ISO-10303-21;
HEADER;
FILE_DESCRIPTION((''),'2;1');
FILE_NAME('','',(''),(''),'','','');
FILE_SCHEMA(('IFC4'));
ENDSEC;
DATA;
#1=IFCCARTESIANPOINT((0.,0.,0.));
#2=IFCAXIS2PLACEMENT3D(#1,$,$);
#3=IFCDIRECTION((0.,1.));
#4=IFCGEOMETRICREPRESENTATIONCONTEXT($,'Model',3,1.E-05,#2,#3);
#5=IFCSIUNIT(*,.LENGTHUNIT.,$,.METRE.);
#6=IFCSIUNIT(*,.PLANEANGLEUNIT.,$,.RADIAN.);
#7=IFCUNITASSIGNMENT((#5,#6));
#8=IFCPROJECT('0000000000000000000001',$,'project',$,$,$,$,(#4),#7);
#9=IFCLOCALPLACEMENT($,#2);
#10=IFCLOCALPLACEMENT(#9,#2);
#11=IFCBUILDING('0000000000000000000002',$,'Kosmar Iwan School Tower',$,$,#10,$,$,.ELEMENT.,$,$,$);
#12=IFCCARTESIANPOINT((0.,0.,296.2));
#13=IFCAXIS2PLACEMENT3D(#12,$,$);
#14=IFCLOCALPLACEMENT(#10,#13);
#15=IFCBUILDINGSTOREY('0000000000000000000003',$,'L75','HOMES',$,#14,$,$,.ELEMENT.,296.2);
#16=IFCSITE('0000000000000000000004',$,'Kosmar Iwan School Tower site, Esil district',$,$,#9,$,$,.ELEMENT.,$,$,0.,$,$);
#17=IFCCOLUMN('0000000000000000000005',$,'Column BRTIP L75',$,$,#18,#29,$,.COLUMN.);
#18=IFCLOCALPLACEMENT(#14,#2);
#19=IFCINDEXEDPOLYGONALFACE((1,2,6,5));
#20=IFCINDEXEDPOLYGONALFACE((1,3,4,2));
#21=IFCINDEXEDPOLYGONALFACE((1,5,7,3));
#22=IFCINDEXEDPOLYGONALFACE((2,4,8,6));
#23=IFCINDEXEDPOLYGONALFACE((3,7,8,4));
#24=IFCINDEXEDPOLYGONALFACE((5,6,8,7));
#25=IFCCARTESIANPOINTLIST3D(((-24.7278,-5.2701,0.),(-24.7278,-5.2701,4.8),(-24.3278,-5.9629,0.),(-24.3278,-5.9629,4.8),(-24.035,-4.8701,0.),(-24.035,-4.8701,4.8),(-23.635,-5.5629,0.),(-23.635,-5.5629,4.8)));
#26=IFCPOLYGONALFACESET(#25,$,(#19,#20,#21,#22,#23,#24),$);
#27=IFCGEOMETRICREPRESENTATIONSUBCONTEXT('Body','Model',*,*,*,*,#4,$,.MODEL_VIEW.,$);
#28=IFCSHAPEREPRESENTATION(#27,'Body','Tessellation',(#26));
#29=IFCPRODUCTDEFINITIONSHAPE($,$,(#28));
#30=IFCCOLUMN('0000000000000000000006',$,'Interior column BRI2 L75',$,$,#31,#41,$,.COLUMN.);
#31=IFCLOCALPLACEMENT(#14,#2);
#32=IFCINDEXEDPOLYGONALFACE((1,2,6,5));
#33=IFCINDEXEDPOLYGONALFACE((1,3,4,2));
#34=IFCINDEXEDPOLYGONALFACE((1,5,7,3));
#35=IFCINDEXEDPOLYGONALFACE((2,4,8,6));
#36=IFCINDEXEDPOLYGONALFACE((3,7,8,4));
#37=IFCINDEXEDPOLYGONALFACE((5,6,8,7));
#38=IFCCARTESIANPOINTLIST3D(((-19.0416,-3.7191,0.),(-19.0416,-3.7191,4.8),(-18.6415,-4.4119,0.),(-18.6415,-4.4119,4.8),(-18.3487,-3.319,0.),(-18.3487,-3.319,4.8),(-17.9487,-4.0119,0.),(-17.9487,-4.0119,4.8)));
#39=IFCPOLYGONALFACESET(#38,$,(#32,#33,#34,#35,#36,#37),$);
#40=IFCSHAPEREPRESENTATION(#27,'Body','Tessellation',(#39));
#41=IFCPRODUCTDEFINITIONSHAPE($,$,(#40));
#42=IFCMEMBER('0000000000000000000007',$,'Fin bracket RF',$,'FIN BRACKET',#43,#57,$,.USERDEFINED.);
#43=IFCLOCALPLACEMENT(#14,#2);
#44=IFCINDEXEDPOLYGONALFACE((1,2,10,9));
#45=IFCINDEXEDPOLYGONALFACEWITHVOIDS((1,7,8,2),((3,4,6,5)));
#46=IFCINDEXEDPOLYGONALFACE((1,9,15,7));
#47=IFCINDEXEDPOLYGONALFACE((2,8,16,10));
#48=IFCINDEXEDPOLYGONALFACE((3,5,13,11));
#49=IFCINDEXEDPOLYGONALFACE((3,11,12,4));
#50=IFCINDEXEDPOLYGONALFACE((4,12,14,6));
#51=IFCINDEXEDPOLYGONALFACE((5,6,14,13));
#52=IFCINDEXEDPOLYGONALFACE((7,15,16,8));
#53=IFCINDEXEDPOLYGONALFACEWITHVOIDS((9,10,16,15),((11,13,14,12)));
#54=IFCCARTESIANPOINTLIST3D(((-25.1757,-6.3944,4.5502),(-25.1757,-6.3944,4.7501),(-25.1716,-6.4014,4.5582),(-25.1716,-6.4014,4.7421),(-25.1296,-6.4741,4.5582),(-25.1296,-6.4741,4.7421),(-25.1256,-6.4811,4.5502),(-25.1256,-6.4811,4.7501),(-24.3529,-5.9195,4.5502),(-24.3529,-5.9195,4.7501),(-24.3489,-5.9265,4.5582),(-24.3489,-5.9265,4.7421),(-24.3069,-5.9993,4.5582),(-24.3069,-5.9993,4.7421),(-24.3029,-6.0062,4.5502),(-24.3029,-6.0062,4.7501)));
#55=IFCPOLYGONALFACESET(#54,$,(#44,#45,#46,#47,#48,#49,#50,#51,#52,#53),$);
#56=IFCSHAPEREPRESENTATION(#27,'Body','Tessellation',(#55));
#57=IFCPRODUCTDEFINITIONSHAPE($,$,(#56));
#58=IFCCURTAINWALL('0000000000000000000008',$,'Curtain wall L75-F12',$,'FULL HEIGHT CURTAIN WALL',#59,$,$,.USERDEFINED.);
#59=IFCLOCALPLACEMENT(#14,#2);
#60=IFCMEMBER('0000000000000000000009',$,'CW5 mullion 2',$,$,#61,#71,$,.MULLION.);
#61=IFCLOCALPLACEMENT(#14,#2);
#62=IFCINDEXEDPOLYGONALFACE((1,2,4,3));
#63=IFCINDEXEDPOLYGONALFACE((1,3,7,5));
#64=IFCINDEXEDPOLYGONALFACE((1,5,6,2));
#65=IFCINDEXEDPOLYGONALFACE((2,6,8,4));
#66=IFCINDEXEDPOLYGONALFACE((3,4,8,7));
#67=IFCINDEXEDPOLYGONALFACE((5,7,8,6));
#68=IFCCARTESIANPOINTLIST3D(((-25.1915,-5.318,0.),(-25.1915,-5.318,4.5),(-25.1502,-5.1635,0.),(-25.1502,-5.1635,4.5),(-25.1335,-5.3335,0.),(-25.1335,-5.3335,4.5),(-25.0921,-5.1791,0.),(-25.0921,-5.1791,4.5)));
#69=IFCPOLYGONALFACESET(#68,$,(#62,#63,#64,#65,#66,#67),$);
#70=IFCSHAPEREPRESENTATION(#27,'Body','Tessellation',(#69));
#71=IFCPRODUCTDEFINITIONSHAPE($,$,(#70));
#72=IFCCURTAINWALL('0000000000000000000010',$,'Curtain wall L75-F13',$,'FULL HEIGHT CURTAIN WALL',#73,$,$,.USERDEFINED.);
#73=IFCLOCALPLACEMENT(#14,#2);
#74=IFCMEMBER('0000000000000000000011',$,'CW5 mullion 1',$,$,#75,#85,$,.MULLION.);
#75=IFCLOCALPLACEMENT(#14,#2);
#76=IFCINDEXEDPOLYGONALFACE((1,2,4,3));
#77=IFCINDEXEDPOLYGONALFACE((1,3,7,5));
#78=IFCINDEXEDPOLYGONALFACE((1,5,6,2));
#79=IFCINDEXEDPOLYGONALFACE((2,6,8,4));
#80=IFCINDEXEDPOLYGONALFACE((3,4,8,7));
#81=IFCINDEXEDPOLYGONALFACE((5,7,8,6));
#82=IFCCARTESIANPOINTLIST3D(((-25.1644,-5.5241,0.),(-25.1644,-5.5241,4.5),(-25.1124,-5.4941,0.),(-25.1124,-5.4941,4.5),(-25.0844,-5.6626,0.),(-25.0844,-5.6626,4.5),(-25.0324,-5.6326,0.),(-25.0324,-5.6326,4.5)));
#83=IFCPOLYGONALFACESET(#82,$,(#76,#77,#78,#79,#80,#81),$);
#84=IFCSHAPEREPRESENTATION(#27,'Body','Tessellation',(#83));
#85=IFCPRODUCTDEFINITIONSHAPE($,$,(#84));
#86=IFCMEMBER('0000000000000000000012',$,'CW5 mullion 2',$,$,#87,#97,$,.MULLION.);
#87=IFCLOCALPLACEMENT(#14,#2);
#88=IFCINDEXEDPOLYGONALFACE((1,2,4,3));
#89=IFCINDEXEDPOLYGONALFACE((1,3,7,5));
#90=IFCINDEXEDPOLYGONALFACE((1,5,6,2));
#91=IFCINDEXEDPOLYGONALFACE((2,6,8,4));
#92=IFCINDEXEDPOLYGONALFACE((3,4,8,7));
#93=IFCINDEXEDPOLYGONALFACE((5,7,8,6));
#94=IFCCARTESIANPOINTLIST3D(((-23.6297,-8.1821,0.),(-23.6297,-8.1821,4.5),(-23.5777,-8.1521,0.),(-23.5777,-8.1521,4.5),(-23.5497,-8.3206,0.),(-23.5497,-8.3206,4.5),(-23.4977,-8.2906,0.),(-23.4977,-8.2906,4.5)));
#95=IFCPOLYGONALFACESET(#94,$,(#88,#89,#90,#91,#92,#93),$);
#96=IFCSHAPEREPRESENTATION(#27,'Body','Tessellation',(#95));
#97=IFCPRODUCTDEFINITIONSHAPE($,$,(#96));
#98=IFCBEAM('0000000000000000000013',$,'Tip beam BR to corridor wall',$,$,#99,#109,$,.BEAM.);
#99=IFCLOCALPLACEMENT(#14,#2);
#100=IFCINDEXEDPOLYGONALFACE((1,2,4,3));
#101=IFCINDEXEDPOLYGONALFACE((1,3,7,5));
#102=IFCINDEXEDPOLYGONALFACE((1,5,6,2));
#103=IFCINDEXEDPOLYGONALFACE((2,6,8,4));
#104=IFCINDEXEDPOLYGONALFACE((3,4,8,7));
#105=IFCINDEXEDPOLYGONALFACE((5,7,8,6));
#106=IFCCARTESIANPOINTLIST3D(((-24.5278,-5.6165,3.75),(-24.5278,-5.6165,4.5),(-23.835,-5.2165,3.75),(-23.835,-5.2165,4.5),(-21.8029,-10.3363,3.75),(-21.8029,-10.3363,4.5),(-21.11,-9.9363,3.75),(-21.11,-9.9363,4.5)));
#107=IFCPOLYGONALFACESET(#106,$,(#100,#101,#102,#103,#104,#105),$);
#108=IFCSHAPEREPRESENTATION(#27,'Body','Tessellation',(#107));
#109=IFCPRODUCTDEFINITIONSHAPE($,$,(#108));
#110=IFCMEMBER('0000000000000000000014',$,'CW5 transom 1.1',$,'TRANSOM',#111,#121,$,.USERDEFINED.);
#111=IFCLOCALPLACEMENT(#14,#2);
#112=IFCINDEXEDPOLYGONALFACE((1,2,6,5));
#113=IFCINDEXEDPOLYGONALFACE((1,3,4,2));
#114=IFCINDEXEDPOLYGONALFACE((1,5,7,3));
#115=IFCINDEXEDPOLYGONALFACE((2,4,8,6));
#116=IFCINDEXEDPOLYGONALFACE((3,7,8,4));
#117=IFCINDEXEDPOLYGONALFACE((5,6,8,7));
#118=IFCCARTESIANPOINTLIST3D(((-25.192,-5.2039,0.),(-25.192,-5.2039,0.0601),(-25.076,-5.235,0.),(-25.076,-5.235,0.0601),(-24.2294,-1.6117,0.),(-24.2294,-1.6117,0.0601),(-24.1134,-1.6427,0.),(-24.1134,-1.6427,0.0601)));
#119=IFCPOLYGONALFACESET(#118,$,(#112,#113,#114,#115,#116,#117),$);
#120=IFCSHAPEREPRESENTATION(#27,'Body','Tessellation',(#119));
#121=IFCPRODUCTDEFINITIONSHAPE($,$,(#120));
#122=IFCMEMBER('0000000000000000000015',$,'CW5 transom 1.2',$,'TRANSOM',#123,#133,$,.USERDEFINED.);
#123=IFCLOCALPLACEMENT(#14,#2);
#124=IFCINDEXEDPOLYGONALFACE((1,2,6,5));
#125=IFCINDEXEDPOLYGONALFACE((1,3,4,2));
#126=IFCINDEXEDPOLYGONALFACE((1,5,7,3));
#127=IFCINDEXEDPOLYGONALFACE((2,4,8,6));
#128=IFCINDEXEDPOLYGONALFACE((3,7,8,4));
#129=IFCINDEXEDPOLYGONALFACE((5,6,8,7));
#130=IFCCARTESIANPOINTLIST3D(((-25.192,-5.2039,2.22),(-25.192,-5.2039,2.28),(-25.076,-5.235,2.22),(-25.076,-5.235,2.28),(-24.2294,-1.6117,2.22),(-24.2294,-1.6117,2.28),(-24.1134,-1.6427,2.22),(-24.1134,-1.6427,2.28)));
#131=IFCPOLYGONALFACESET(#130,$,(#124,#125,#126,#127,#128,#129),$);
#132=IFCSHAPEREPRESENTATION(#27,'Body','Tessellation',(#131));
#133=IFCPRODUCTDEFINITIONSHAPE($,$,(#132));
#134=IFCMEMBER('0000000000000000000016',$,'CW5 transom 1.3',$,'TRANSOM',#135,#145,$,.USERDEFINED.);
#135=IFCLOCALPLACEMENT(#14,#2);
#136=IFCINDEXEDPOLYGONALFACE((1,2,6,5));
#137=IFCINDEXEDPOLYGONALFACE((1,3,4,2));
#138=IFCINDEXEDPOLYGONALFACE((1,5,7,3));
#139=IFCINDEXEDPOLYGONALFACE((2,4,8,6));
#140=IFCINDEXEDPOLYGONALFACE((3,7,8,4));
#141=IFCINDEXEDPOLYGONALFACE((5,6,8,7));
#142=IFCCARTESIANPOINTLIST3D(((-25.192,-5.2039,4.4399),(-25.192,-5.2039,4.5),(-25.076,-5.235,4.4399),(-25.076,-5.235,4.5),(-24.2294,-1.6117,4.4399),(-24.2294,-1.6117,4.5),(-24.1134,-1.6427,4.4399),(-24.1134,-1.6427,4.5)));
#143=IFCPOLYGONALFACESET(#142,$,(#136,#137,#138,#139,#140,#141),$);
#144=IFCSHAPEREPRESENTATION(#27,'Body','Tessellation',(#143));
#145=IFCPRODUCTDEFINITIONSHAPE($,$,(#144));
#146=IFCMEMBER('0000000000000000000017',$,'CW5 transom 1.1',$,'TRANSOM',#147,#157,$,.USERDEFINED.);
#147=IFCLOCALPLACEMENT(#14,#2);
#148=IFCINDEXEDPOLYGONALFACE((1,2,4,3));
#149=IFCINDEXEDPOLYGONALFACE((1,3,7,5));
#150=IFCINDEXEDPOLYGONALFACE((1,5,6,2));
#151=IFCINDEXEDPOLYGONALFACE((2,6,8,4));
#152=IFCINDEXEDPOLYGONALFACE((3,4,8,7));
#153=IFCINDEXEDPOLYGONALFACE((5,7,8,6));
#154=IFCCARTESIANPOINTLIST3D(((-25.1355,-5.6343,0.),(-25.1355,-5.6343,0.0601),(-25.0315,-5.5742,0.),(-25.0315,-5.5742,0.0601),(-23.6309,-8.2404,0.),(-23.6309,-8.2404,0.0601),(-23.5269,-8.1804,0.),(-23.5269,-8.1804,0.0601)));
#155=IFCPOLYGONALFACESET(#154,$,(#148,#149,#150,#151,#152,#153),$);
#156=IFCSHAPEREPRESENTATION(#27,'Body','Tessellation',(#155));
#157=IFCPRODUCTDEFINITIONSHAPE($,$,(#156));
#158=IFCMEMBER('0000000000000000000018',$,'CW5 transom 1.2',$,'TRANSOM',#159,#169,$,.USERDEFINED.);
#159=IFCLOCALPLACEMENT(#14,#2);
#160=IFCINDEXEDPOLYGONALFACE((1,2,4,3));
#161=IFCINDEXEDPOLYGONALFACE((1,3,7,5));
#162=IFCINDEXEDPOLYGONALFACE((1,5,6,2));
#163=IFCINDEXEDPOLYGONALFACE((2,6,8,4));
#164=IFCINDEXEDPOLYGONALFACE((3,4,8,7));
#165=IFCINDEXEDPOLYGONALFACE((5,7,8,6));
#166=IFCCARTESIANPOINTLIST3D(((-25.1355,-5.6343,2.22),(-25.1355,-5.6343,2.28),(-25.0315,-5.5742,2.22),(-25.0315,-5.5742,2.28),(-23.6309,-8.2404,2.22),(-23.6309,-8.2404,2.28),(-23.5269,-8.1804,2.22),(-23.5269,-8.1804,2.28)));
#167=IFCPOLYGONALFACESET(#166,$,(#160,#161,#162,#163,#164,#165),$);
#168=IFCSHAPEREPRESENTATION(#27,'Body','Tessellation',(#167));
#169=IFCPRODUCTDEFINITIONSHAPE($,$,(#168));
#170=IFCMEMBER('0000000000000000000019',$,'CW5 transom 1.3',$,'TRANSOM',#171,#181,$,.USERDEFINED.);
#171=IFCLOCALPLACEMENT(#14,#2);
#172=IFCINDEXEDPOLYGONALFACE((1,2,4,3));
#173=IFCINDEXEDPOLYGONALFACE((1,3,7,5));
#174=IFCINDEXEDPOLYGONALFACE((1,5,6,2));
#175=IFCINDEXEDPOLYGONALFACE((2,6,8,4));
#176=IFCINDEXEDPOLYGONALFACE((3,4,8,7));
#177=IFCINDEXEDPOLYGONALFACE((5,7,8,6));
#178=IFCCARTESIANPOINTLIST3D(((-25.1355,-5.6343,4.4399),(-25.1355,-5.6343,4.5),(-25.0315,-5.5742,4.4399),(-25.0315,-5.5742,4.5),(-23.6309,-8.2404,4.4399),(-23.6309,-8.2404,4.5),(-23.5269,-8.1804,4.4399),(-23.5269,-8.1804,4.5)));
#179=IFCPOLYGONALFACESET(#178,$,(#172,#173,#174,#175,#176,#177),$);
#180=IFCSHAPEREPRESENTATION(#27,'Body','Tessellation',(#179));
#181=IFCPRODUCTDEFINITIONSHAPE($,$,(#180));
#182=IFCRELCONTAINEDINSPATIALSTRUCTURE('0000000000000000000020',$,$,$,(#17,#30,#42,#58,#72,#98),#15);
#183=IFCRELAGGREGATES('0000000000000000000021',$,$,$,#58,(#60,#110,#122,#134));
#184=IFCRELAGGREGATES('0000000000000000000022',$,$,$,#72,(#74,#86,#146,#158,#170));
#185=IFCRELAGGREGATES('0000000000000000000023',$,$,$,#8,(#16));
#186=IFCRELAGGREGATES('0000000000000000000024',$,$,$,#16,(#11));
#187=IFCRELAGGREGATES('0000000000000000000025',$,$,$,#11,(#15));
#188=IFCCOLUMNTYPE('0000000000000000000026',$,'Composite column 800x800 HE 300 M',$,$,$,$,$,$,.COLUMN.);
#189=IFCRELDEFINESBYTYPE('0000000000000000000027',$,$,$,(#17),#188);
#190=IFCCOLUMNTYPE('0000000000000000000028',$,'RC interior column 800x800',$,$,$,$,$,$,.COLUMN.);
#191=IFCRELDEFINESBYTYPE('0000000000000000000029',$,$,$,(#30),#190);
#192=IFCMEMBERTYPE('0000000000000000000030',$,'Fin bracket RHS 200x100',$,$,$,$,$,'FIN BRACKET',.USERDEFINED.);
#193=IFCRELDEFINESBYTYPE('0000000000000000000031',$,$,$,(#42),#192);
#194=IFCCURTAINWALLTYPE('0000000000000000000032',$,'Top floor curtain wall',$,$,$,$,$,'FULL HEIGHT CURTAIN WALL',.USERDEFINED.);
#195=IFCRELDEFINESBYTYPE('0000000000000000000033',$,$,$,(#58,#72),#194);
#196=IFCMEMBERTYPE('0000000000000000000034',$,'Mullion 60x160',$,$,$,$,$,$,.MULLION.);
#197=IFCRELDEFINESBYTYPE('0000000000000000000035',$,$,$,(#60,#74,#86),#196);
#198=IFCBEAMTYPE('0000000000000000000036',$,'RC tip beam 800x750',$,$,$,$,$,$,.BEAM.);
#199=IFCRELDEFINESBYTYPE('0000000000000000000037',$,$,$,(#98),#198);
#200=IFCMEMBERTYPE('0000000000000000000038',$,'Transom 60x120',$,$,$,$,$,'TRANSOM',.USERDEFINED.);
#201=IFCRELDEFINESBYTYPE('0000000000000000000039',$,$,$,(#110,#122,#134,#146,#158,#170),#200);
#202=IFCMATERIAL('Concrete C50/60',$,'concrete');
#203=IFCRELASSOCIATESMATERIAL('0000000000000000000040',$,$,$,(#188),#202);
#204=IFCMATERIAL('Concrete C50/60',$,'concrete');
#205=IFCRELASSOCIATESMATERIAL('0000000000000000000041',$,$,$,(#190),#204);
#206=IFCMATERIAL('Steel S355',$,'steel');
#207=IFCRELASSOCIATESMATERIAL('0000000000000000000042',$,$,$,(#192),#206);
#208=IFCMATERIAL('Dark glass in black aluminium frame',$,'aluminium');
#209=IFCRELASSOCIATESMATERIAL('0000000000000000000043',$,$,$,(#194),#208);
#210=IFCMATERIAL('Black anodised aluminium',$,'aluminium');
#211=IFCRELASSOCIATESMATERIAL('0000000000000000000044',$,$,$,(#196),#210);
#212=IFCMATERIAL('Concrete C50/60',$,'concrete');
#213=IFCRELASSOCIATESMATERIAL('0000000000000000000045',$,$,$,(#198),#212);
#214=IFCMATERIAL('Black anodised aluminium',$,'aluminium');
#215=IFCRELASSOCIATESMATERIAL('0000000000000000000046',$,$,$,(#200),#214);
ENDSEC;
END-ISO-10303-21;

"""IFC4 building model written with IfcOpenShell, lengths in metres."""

from ifc_helpers import new_model, si_unit, direction, frame, origin, origin_2d, place, context, subcontext, project, spatial, rectangle, hollow_rectangle, extrude, material, material_profile, profile_set, type_object, element, aggregate, save


model = new_model("IFC4")

# Units and contexts
model_context = context("Model", 3, precision=1e-05, world=origin(), true_north=direction((0.0, 1.0)))
body_context = subcontext(model_context, "Body", "Model", "MODEL_VIEW")
ifc_project = project(units=[si_unit("LENGTHUNIT", "METRE"), si_unit("PLANEANGLEUNIT", "RADIAN")], contexts=[model_context])

# Site, building, storey
site_placement = place(None, origin())
site = spatial("IfcSite", under=ifc_project, at=site_placement, Name="Kosmar Iwan School Tower site, Esil district", CompositionType="ELEMENT", RefElevation=0.0)
building_placement = place(site_placement, origin())
building = spatial("IfcBuilding", under=site, at=building_placement, Name="Kosmar Iwan School Tower", CompositionType="ELEMENT")
storey_placement = place(building_placement, frame((0.0, 0.0, 296.2)))
storey = spatial("IfcBuildingStorey", under=building, at=storey_placement, Name="L75", Description="HOMES", CompositionType="ELEMENT", Elevation=296.2)

# Columns
ifc_material_1 = material(Name="Concrete C50/60", Category="concrete")
ifc_material_profile_1 = material_profile(ifc_material_1, rectangle(XDim=0.8, YDim=0.8, at=origin_2d()), Name="RC 800x800 + HE 300 M")
ifc_profile_set_1 = profile_set([ifc_material_profile_1], Name="Concrete C50/60")
column_type_1 = type_object("IfcColumnType", Name="Composite column 800x800 HE 300 M", PredefinedType="COLUMN", material=ifc_profile_set_1)
column_1_placement = place(storey_placement, frame((-24.1814, -5.4165, 0.0), z_axis=(0.0, 0.0, 1.0), x_axis=(-0.866025, -0.5, 0.0)))
element("IfcColumn", 1, at=column_1_placement, inside=storey, type_object=column_type_1, Name="Column BRTIP L75", PredefinedType="COLUMN", context=body_context, shape_type="SweptSolid", body=[
    extrude(rectangle(XDim=0.8, YDim=0.8, at=origin_2d()), origin(), (0.0, 0.0, 1.0), 4.8),
])
ifc_material_2 = material(Name="Concrete C50/60", Category="concrete")
ifc_material_profile_2 = material_profile(ifc_material_2, rectangle(XDim=0.8, YDim=0.8, at=origin_2d()), Name="RC 800x800")
ifc_profile_set_2 = profile_set([ifc_material_profile_2], Name="Concrete C50/60")
column_type_2 = type_object("IfcColumnType", Name="RC interior column 800x800", PredefinedType="COLUMN", material=ifc_profile_set_2)
column_2_placement = place(storey_placement, frame((-18.4951, -3.8655, 0.0), z_axis=(0.0, 0.0, 1.0), x_axis=(-0.866025, -0.5, 0.0)))
element("IfcColumn", 2, at=column_2_placement, inside=storey, type_object=column_type_2, Name="Interior column BRI2 L75", PredefinedType="COLUMN", context=body_context, shape_type="SweptSolid", body=[
    extrude(rectangle(XDim=0.8, YDim=0.8, at=origin_2d()), origin(), (0.0, 0.0, 1.0), 4.8),
])

# Member
ifc_material_3 = material(Name="Steel S355", Category="steel")
ifc_material_profile_3 = material_profile(ifc_material_3, hollow_rectangle(XDim=0.1001, YDim=0.2, WallThickness=0.0081, at=origin_2d()), Name="RHS 200x100x8")
ifc_profile_set_3 = profile_set([ifc_material_profile_3], Name="Steel S355")
member_type_1 = type_object("IfcMemberType", Name="Fin bracket RHS 200x100", ElementType="FIN BRACKET", PredefinedType="USERDEFINED", material=ifc_profile_set_3)
member_1_placement = place(storey_placement, frame((-24.3279, -5.9629, 4.6501), z_axis=(-0.8661, -0.499871, 0.0), x_axis=(0.499871, -0.8661, 0.0)))
element("IfcMember", 3, at=member_1_placement, inside=storey, type_object=member_type_1, Name="Fin bracket RF", ObjectType="FIN BRACKET", PredefinedType="USERDEFINED", context=body_context, shape_type="SweptSolid", body=[
    extrude(hollow_rectangle(XDim=0.1001, YDim=0.2, WallThickness=0.0081, at=origin_2d()), origin(), (0.0, 0.0, 1.0), 0.95),
])

# Curtain wall, member
ifc_material_4 = material(Name="Dark glass in black aluminium frame", Category="aluminium")
curtain_wall_type = type_object("IfcCurtainWallType", Name="Top floor curtain wall", ElementType="FULL HEIGHT CURTAIN WALL", PredefinedType="USERDEFINED", material=ifc_material_4)
curtain_wall_1_placement = place(storey_placement, origin())
curtain_wall_1 = element("IfcCurtainWall", 4, at=curtain_wall_1_placement, inside=storey, type_object=curtain_wall_type, Name="Curtain wall L75-F12", ObjectType="FULL HEIGHT CURTAIN WALL", PredefinedType="USERDEFINED")
ifc_material_5 = material(Name="Black anodised aluminium", Category="aluminium")
ifc_material_profile_4 = material_profile(ifc_material_5, rectangle(XDim=0.0601, YDim=0.1599, at=origin_2d()), Name="MULLION 60x160")
ifc_profile_set_4 = profile_set([ifc_material_profile_4], Name="Black anodised aluminium")
member_type_2 = type_object("IfcMemberType", Name="Mullion 60x160", PredefinedType="MULLION", material=ifc_profile_set_4)
member_2_placement = place(storey_placement, frame((-25.1418, -5.2485, 0.0), z_axis=(0.0, 0.0, 1.0), x_axis=(0.965926, -0.258819, 0.0)))
member_2 = element("IfcMember", 5, at=member_2_placement, type_object=member_type_2, Name="CW5 mullion 2", PredefinedType="MULLION", context=body_context, shape_type="SweptSolid", body=[
    extrude(rectangle(XDim=0.0601, YDim=0.1599, at=origin_2d()), origin(), (0.0, 0.0, 1.0), 4.5),
])

# Curtain wall, members
curtain_wall_2_placement = place(storey_placement, origin())
curtain_wall_2 = element("IfcCurtainWall", 6, at=curtain_wall_2_placement, inside=storey, type_object=curtain_wall_type, Name="Curtain wall L75-F13", ObjectType="FULL HEIGHT CURTAIN WALL", PredefinedType="USERDEFINED")
member_3_placement = place(storey_placement, frame((-25.0984, -5.5784, 0.0), z_axis=(0.0, 0.0, 1.0), x_axis=(0.866025, 0.5, 0.0)))
member_3 = element("IfcMember", 7, at=member_3_placement, type_object=member_type_2, Name="CW5 mullion 1", PredefinedType="MULLION", context=body_context, shape_type="SweptSolid", body=[
    extrude(rectangle(XDim=0.0601, YDim=0.1599, at=origin_2d()), origin(), (0.0, 0.0, 1.0), 4.5),
])
member_4_placement = place(storey_placement, frame((-23.5637, -8.2363, 0.0), z_axis=(0.0, 0.0, 1.0), x_axis=(0.866025, 0.5, 0.0)))
member_4 = element("IfcMember", 8, at=member_4_placement, type_object=member_type_2, Name="CW5 mullion 2", PredefinedType="MULLION", context=body_context, shape_type="SweptSolid", body=[
    extrude(rectangle(XDim=0.0601, YDim=0.1599, at=origin_2d()), origin(), (0.0, 0.0, 1.0), 4.5),
])

# Beam
ifc_material_6 = material(Name="Concrete C50/60", Category="concrete")
ifc_material_profile_5 = material_profile(ifc_material_6, rectangle(XDim=0.8, YDim=0.75, at=origin_2d()), Name="RC 800x750")
ifc_profile_set_5 = profile_set([ifc_material_profile_5], Name="Concrete C50/60")
beam_type = type_object("IfcBeamType", Name="RC tip beam 800x750", PredefinedType="BEAM", material=ifc_profile_set_5)
beam_placement = place(storey_placement, frame((-24.1814, -5.4165, 4.125), z_axis=(0.499989, -0.866032, 0.0), x_axis=(0.866032, 0.499989, 0.0)))
element("IfcBeam", 9, at=beam_placement, inside=storey, type_object=beam_type, Name="Tip beam BR to corridor wall", PredefinedType="BEAM", context=body_context, shape_type="SweptSolid", body=[
    extrude(rectangle(XDim=0.8, YDim=0.75, at=origin_2d()), origin(), (0.0, 0.0, 1.0), 5.45),
])

# Members
ifc_material_7 = material(Name="Black anodised aluminium", Category="aluminium")
ifc_material_profile_6 = material_profile(ifc_material_7, rectangle(XDim=0.1201, YDim=0.0601, at=origin_2d()), Name="TRANSOM 60x120")
ifc_profile_set_6 = profile_set([ifc_material_profile_6], Name="Black anodised aluminium")
member_type_3 = type_object("IfcMemberType", Name="Transom 60x120", ElementType="TRANSOM", PredefinedType="USERDEFINED", material=ifc_profile_set_6)
member_5_placement = place(storey_placement, frame((-24.1714, -1.6272, 0.03), z_axis=(-0.258843, -0.965919, 0.0), x_axis=(0.965919, -0.258843, 0.0)))
member_5 = element("IfcMember", 10, at=member_5_placement, type_object=member_type_3, Name="CW5 transom 1.1", ObjectType="TRANSOM", PredefinedType="USERDEFINED", context=body_context, shape_type="SweptSolid", body=[
    extrude(rectangle(XDim=0.1201, YDim=0.0601, at=origin_2d()), origin(), (0.0, 0.0, 1.0), 3.719),
])
member_6_placement = place(storey_placement, frame((-24.1714, -1.6272, 2.25), z_axis=(-0.258843, -0.965919, 0.0), x_axis=(0.965919, -0.258843, 0.0)))
member_6 = element("IfcMember", 11, at=member_6_placement, type_object=member_type_3, Name="CW5 transom 1.2", ObjectType="TRANSOM", PredefinedType="USERDEFINED", context=body_context, shape_type="SweptSolid", body=[
    extrude(rectangle(XDim=0.1201, YDim=0.0601, at=origin_2d()), origin(), (0.0, 0.0, 1.0), 3.719),
])
member_7_placement = place(storey_placement, frame((-24.1714, -1.6272, 4.47), z_axis=(-0.258843, -0.965919, 0.0), x_axis=(0.965919, -0.258843, 0.0)))
member_7 = element("IfcMember", 12, at=member_7_placement, type_object=member_type_3, Name="CW5 transom 1.3", ObjectType="TRANSOM", PredefinedType="USERDEFINED", context=body_context, shape_type="SweptSolid", body=[
    extrude(rectangle(XDim=0.1201, YDim=0.0601, at=origin_2d()), origin(), (0.0, 0.0, 1.0), 3.719),
])
member_8_placement = place(storey_placement, frame((-25.0835, -5.6042, 0.03), z_axis=(0.499987, -0.866033, 0.0), x_axis=(0.866033, 0.499987, 0.0)))
member_8 = element("IfcMember", 13, at=member_8_placement, type_object=member_type_3, Name="CW5 transom 1.1", ObjectType="TRANSOM", PredefinedType="USERDEFINED", context=body_context, shape_type="SweptSolid", body=[
    extrude(rectangle(XDim=0.1201, YDim=0.0601, at=origin_2d()), origin(), (0.0, 0.0, 1.0), 3.0093),
])
member_9_placement = place(storey_placement, frame((-25.0835, -5.6042, 2.25), z_axis=(0.499987, -0.866033, 0.0), x_axis=(0.866033, 0.499987, 0.0)))
member_9 = element("IfcMember", 14, at=member_9_placement, type_object=member_type_3, Name="CW5 transom 1.2", ObjectType="TRANSOM", PredefinedType="USERDEFINED", context=body_context, shape_type="SweptSolid", body=[
    extrude(rectangle(XDim=0.1201, YDim=0.0601, at=origin_2d()), origin(), (0.0, 0.0, 1.0), 3.0093),
])
member_10_placement = place(storey_placement, frame((-25.0835, -5.6042, 4.47), z_axis=(0.499987, -0.866033, 0.0), x_axis=(0.866033, 0.499987, 0.0)))
member_10 = element("IfcMember", 15, at=member_10_placement, type_object=member_type_3, Name="CW5 transom 1.3", ObjectType="TRANSOM", PredefinedType="USERDEFINED", context=body_context, shape_type="SweptSolid", body=[
    extrude(rectangle(XDim=0.1201, YDim=0.0601, at=origin_2d()), origin(), (0.0, 0.0, 1.0), 3.0093),
])

aggregate(curtain_wall_1, [member_2, member_5, member_6, member_7])
aggregate(curtain_wall_2, [member_3, member_4, member_8, member_9, member_10])

save(model, "model.ifc")
